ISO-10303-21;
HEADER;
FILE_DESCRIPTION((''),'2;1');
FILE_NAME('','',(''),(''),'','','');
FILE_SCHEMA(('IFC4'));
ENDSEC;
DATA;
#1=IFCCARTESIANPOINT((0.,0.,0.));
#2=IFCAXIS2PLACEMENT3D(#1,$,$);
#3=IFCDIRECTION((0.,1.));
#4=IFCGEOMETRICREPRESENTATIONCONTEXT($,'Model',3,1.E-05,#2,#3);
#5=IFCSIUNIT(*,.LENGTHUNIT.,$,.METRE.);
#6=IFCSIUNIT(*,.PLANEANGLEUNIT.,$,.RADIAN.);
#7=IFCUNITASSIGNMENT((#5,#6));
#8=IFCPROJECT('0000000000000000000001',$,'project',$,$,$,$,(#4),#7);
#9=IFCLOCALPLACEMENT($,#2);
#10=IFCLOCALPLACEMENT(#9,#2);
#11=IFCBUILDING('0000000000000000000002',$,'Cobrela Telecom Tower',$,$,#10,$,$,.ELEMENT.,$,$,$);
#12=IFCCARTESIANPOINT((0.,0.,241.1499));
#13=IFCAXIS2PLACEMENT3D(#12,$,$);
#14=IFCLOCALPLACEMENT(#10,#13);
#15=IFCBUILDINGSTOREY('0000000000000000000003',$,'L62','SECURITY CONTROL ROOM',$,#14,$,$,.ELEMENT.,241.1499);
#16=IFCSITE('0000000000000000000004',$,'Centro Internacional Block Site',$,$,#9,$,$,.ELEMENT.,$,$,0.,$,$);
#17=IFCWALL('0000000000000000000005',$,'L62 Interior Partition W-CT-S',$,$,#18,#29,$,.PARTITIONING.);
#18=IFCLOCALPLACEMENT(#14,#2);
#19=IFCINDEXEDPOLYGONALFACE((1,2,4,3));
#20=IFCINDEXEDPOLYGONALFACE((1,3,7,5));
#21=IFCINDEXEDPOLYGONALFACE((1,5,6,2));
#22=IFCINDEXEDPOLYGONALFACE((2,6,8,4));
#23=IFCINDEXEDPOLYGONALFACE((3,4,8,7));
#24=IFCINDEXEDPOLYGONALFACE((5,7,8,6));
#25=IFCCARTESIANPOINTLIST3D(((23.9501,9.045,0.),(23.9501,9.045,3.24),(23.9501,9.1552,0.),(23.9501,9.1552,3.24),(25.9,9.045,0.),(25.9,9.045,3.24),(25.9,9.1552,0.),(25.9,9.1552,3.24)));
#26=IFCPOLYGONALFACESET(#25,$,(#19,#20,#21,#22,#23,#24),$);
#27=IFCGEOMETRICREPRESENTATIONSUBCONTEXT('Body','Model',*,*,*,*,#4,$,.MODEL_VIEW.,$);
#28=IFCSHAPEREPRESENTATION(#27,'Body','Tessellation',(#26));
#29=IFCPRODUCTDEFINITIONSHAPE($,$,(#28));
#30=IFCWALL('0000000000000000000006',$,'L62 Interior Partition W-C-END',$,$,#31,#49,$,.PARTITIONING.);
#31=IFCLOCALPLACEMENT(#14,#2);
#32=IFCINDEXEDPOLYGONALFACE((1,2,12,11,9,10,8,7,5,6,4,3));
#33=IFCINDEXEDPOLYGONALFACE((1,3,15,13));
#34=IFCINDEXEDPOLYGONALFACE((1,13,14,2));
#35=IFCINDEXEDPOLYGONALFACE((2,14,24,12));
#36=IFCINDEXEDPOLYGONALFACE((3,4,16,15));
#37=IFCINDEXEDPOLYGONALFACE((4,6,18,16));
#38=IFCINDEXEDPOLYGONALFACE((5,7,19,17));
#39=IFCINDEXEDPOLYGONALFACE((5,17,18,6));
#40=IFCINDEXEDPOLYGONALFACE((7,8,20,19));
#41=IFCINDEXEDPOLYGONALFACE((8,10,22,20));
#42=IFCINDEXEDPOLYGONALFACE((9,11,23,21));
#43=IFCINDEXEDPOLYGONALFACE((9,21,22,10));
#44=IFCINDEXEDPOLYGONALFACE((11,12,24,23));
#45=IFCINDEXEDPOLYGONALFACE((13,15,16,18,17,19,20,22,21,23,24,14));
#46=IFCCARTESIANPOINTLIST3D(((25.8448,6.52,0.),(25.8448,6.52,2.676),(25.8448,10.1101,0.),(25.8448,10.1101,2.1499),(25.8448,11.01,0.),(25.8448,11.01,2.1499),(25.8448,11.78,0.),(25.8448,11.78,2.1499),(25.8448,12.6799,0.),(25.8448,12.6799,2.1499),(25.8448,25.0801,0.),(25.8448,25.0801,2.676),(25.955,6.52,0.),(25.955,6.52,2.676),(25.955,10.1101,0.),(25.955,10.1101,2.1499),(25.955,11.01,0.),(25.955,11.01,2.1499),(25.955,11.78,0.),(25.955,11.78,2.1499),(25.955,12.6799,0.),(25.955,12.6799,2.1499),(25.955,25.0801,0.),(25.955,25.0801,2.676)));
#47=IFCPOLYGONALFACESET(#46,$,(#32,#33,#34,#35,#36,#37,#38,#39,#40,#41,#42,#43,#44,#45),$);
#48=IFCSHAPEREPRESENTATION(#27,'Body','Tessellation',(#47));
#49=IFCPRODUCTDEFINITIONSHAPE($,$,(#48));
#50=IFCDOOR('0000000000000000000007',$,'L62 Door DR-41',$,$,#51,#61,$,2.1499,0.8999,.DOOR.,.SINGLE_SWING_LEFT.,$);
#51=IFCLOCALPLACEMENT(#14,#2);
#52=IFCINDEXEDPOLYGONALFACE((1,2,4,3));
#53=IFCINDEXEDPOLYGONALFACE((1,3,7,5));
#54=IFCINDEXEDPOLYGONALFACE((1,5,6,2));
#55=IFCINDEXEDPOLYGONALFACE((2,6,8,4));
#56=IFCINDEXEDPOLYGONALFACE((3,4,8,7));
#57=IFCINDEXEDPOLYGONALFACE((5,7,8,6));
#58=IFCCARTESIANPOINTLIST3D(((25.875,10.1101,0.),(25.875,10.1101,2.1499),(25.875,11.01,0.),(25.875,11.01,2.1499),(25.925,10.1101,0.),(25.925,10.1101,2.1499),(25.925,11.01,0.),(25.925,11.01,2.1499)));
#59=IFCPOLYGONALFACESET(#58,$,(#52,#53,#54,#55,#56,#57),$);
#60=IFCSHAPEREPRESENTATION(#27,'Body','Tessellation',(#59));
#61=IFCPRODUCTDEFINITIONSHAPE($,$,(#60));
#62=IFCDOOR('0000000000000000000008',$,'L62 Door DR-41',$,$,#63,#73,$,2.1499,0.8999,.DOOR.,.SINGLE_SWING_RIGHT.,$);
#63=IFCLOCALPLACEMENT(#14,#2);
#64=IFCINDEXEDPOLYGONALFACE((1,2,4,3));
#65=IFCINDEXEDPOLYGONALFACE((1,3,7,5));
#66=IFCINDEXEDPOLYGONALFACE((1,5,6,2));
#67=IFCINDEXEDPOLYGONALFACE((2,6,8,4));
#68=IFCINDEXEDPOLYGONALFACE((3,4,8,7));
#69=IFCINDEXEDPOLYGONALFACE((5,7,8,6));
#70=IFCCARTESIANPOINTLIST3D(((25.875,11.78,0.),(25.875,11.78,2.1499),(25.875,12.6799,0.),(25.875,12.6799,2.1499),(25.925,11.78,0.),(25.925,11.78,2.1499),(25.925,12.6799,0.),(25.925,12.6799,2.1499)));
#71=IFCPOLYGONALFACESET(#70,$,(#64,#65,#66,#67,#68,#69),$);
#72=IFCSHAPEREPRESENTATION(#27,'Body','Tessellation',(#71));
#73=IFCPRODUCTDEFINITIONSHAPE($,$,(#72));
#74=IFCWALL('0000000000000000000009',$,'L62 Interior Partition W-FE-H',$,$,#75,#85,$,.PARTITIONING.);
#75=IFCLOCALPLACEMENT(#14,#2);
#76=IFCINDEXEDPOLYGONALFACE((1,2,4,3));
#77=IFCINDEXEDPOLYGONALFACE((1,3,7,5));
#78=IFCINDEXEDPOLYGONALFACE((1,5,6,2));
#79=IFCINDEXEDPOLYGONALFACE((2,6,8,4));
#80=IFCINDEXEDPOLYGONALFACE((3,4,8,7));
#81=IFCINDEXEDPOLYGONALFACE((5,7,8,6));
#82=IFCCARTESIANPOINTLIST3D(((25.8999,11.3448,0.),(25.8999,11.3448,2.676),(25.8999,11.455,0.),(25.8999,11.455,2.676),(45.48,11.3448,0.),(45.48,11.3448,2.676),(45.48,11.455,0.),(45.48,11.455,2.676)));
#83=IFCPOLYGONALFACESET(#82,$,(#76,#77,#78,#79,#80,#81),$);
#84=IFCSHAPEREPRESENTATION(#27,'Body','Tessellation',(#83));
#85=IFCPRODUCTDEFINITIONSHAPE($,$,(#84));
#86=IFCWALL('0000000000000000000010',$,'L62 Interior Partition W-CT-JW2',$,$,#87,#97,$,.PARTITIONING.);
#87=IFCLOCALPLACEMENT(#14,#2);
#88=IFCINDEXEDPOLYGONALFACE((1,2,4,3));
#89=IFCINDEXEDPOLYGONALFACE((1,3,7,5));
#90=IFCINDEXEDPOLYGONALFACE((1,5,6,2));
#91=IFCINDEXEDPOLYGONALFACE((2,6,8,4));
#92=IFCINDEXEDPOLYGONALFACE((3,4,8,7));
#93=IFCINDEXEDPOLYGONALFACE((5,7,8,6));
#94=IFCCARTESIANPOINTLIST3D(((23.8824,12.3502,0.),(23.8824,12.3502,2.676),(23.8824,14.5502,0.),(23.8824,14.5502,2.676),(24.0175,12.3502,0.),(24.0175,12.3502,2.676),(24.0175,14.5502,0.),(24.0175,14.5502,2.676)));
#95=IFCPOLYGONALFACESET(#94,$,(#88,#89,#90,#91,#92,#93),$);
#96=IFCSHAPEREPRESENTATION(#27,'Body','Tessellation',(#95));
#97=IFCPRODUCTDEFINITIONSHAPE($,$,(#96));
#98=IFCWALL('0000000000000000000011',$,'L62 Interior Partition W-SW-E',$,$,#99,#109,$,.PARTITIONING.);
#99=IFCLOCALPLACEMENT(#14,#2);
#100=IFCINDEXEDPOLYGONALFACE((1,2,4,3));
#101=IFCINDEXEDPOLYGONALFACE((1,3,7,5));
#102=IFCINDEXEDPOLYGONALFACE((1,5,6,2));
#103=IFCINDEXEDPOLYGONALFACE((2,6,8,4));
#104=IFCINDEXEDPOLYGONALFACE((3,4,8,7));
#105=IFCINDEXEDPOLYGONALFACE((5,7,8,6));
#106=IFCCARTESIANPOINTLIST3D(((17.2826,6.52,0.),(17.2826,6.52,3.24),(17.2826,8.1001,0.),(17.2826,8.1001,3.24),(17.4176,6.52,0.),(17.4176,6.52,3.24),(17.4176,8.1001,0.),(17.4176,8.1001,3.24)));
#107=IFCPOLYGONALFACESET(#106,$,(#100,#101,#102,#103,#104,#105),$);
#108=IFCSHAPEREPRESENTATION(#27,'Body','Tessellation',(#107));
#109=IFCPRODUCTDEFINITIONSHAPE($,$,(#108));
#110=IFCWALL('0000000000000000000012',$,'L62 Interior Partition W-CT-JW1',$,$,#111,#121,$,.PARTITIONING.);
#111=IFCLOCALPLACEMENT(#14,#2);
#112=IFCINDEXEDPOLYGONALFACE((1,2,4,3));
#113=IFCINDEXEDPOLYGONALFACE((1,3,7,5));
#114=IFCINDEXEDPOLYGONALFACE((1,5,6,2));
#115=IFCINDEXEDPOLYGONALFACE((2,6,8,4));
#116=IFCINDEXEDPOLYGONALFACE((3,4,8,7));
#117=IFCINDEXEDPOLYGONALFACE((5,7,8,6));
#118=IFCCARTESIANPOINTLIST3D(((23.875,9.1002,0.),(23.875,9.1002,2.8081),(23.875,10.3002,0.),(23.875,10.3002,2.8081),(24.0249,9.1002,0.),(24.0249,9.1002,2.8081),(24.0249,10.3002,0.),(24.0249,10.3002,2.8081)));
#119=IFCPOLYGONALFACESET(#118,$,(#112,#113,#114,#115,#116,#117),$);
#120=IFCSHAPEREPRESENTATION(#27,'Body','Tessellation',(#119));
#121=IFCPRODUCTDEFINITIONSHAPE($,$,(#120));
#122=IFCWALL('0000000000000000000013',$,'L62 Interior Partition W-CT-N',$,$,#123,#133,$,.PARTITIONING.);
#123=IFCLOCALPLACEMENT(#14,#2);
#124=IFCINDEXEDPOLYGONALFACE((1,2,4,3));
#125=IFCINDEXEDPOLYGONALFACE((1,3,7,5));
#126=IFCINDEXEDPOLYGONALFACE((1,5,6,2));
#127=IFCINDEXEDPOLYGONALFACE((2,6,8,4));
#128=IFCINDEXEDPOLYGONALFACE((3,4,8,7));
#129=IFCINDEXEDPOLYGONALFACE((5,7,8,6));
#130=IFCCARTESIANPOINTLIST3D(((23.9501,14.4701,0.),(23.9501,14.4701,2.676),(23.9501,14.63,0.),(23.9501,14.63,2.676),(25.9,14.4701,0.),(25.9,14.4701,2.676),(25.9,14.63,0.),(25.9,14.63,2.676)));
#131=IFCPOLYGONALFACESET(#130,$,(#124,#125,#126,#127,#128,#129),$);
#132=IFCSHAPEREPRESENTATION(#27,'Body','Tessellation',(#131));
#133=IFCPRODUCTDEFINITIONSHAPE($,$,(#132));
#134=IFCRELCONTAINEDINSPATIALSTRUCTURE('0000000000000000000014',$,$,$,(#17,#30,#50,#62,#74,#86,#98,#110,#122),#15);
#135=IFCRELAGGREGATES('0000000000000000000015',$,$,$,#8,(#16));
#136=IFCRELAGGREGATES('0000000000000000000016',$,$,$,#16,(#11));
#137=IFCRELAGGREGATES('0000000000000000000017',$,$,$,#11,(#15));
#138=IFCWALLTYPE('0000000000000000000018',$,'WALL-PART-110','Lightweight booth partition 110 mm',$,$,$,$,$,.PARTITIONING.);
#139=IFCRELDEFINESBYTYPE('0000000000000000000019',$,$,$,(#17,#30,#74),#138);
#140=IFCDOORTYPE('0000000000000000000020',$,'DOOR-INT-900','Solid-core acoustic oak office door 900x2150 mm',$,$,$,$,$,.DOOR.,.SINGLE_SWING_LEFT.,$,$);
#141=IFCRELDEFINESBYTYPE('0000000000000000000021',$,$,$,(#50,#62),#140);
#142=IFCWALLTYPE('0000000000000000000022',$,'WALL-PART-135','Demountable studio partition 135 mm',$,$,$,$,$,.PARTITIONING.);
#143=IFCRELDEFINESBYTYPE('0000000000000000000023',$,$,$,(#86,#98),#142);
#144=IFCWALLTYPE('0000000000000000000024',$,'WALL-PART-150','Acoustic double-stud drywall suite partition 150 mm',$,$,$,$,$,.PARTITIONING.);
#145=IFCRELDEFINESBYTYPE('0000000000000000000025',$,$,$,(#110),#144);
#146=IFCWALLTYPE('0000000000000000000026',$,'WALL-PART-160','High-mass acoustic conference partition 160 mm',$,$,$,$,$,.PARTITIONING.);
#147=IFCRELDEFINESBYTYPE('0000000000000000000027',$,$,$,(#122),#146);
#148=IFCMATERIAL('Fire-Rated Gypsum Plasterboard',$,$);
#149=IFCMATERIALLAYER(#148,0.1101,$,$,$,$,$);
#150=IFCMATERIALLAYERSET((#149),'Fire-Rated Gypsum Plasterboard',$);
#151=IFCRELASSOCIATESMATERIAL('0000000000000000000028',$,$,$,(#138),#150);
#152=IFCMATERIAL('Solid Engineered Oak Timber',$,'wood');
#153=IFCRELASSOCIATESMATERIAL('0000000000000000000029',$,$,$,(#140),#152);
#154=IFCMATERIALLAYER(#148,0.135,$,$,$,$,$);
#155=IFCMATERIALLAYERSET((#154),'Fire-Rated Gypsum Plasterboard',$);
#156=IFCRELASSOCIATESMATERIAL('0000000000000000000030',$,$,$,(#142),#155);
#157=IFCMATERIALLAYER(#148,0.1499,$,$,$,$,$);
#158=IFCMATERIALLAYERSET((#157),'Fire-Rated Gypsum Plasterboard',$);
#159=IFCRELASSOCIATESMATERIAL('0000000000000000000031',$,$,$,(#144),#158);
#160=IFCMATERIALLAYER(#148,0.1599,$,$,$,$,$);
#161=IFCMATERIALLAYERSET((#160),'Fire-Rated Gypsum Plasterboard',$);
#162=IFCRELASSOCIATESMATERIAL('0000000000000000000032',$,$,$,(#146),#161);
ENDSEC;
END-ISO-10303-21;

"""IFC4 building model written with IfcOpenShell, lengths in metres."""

from ifc_helpers import new_model, si_unit, direction, frame, frame_2d, origin, place, context, subcontext, project, spatial, rectangle, extrude, material, layer, layer_set, type_object, element, fill, save


model = new_model("IFC4")

# Units and contexts
model_context = context("Model", 3, precision=1e-05, world=origin(), true_north=direction((0.0, 1.0)))
body_context = subcontext(model_context, "Body", "Model", "MODEL_VIEW")
ifc_project = project(units=[si_unit("LENGTHUNIT", "METRE"), si_unit("PLANEANGLEUNIT", "RADIAN")], contexts=[model_context])

# Site, building, storey
site_placement = place(None, origin())
site = spatial("IfcSite", under=ifc_project, at=site_placement, Name="Centro Internacional Block Site", CompositionType="ELEMENT", RefElevation=0.0)
building_placement = place(site_placement, origin())
building = spatial("IfcBuilding", under=site, at=building_placement, Name="Cobrela Telecom Tower", CompositionType="ELEMENT")
storey_placement = place(building_placement, frame((0.0, 0.0, 241.1499)))
storey = spatial("IfcBuildingStorey", under=building, at=storey_placement, Name="L62", Description="SECURITY CONTROL ROOM", CompositionType="ELEMENT", Elevation=241.1499)

# Wall
ifc_material_1 = material(Name="Fire-Rated Gypsum Plasterboard")
ifc_layer_1 = layer(ifc_material_1, 0.1101)
ifc_layer_set_1 = layer_set([ifc_layer_1], Name="Fire-Rated Gypsum Plasterboard")
wall_type_1 = type_object("IfcWallType", Name="WALL-PART-110", Description="Lightweight booth partition 110 mm", PredefinedType="PARTITIONING", material=ifc_layer_set_1)
wall_1_placement = place(storey_placement, frame((23.95, 9.1001, 0.0), z_axis=(0.0, 0.0, 1.0), x_axis=(1.0, 0.0, 0.0)))
element("IfcWall", 1, at=wall_1_placement, inside=storey, type_object=wall_type_1, Name="L62 Interior Partition W-CT-S", PredefinedType="PARTITIONING", context=body_context, shape_type="SweptSolid", body=[
    extrude(rectangle(XDim=1.95, YDim=0.1101, at=frame_2d((0.9751, 0.0))), origin(), (0.0, 0.0, 1.0), 3.24),
])

# Wall, openings, doors
wall_2_placement = place(storey_placement, frame((25.8999, 6.52, 0.0), z_axis=(0.0, 0.0, 1.0), x_axis=(0.0, 1.0, 0.0)))
wall_2 = element("IfcWall", 2, at=wall_2_placement, inside=storey, type_object=wall_type_1, Name="L62 Interior Partition W-C-END", PredefinedType="PARTITIONING", context=body_context, shape_type="SweptSolid", body=[
    extrude(rectangle(XDim=18.5601, YDim=0.1101, at=frame_2d((9.28, 0.0))), origin(), (0.0, 0.0, 1.0), 2.676),
])
opening_1_placement = place(wall_2_placement, frame((3.5901, 0.0, 0.0)))
opening_1 = element("IfcOpeningElement", 3, at=opening_1_placement, cuts=wall_2, PredefinedType="OPENING", context=body_context, shape_type="SweptSolid", body=[
    extrude(rectangle(XDim=0.8999, YDim=2.1499, at=frame_2d((0.45, 1.075))), frame((0.0, 0.0669, 0.0), z_axis=(0.0, -1.0, 0.0), x_axis=(1.0, 0.0, 0.0)), (0.0, 0.0, 1.0), 0.134),
])
opening_2_placement = place(wall_2_placement, frame((5.26, 0.0, 0.0)))
opening_2 = element("IfcOpeningElement", 4, at=opening_2_placement, cuts=wall_2, PredefinedType="OPENING", context=body_context, shape_type="SweptSolid", body=[
    extrude(rectangle(XDim=0.8999, YDim=2.1499, at=frame_2d((0.45, 1.075))), frame((0.0, 0.0669, 0.0), z_axis=(0.0, -1.0, 0.0), x_axis=(1.0, 0.0, 0.0)), (0.0, 0.0, 1.0), 0.134),
])
ifc_material_2 = material(Name="Solid Engineered Oak Timber", Category="wood")
door_type = type_object("IfcDoorType", Name="DOOR-INT-900", Description="Solid-core acoustic oak office door 900x2150 mm", OperationType="SINGLE_SWING_LEFT", PredefinedType="DOOR", material=ifc_material_2)
door_1_placement = place(opening_1_placement, origin())
door_1 = element("IfcDoor", 5, at=door_1_placement, inside=storey, type_object=door_type, Name="L62 Door DR-41", OperationType="SINGLE_SWING_LEFT", OverallHeight=2.1499, OverallWidth=0.8999, PredefinedType="DOOR", context=body_context, shape_type="SweptSolid", body=[
    extrude(rectangle(XDim=0.8999, YDim=2.1499, at=frame_2d((0.45, 1.075))), frame((0.0, 0.0249, 0.0), z_axis=(0.0, -1.0, 0.0), x_axis=(1.0, 0.0, 0.0)), (0.0, 0.0, 1.0), 0.05),
])
fill(opening_1, door_1)
door_2_placement = place(opening_2_placement, origin())
door_2 = element("IfcDoor", 6, at=door_2_placement, inside=storey, type_object=door_type, Name="L62 Door DR-41", OperationType="SINGLE_SWING_RIGHT", OverallHeight=2.1499, OverallWidth=0.8999, PredefinedType="DOOR", context=body_context, shape_type="SweptSolid", body=[
    extrude(rectangle(XDim=0.8999, YDim=2.1499, at=frame_2d((0.45, 1.075))), frame((0.0, 0.0249, 0.0), z_axis=(0.0, -1.0, 0.0), x_axis=(1.0, 0.0, 0.0)), (0.0, 0.0, 1.0), 0.05),
])
fill(opening_2, door_2)

# Walls
wall_3_placement = place(storey_placement, frame((25.8999, 11.3999, 0.0), z_axis=(0.0, 0.0, 1.0), x_axis=(1.0, 0.0, 0.0)))
element("IfcWall", 7, at=wall_3_placement, inside=storey, type_object=wall_type_1, Name="L62 Interior Partition W-FE-H", PredefinedType="PARTITIONING", context=body_context, shape_type="SweptSolid", body=[
    extrude(rectangle(XDim=19.5801, YDim=0.1101, at=frame_2d((9.79, 0.0))), origin(), (0.0, 0.0, 1.0), 2.676),
])
ifc_layer_2 = layer(ifc_material_1, 0.135)
ifc_layer_set_2 = layer_set([ifc_layer_2], Name="Fire-Rated Gypsum Plasterboard")
wall_type_2 = type_object("IfcWallType", Name="WALL-PART-135", Description="Demountable studio partition 135 mm", PredefinedType="PARTITIONING", material=ifc_layer_set_2)
wall_4_placement = place(storey_placement, frame((23.95, 12.3501, 0.0), z_axis=(0.0, 0.0, 1.0), x_axis=(0.0, 1.0, 0.0)))
element("IfcWall", 8, at=wall_4_placement, inside=storey, type_object=wall_type_2, Name="L62 Interior Partition W-CT-JW2", PredefinedType="PARTITIONING", context=body_context, shape_type="SweptSolid", body=[
    extrude(rectangle(XDim=2.2, YDim=0.135, at=frame_2d((1.1001, 0.0))), origin(), (0.0, 0.0, 1.0), 2.676),
])
wall_5_placement = place(storey_placement, frame((17.3501, 6.52, 0.0), z_axis=(0.0, 0.0, 1.0), x_axis=(0.0, 1.0, 0.0)))
element("IfcWall", 9, at=wall_5_placement, inside=storey, type_object=wall_type_2, Name="L62 Interior Partition W-SW-E", PredefinedType="PARTITIONING", context=body_context, shape_type="SweptSolid", body=[
    extrude(rectangle(XDim=1.5801, YDim=0.135, at=frame_2d((0.79, 0.0))), origin(), (0.0, 0.0, 1.0), 3.24),
])
ifc_layer_3 = layer(ifc_material_1, 0.1499)
ifc_layer_set_3 = layer_set([ifc_layer_3], Name="Fire-Rated Gypsum Plasterboard")
wall_type_3 = type_object("IfcWallType", Name="WALL-PART-150", Description="Acoustic double-stud drywall suite partition 150 mm", PredefinedType="PARTITIONING", material=ifc_layer_set_3)
wall_6_placement = place(storey_placement, frame((23.95, 9.1001, 0.0), z_axis=(0.0, 0.0, 1.0), x_axis=(0.0, 1.0, 0.0)))
element("IfcWall", 10, at=wall_6_placement, inside=storey, type_object=wall_type_3, Name="L62 Interior Partition W-CT-JW1", PredefinedType="PARTITIONING", context=body_context, shape_type="SweptSolid", body=[
    extrude(rectangle(XDim=1.2, YDim=0.1499, at=frame_2d((0.6001, 0.0))), origin(), (0.0, 0.0, 1.0), 2.8081),
])
ifc_layer_4 = layer(ifc_material_1, 0.1599)
ifc_layer_set_4 = layer_set([ifc_layer_4], Name="Fire-Rated Gypsum Plasterboard")
wall_type_4 = type_object("IfcWallType", Name="WALL-PART-160", Description="High-mass acoustic conference partition 160 mm", PredefinedType="PARTITIONING", material=ifc_layer_set_4)
wall_7_placement = place(storey_placement, frame((23.95, 14.55, 0.0), z_axis=(0.0, 0.0, 1.0), x_axis=(1.0, 0.0, 0.0)))
element("IfcWall", 11, at=wall_7_placement, inside=storey, type_object=wall_type_4, Name="L62 Interior Partition W-CT-N", PredefinedType="PARTITIONING", context=body_context, shape_type="SweptSolid", body=[
    extrude(rectangle(XDim=1.95, YDim=0.1599, at=frame_2d((0.9751, 0.0))), origin(), (0.0, 0.0, 1.0), 2.676),
])

save(model, "model.ifc")
